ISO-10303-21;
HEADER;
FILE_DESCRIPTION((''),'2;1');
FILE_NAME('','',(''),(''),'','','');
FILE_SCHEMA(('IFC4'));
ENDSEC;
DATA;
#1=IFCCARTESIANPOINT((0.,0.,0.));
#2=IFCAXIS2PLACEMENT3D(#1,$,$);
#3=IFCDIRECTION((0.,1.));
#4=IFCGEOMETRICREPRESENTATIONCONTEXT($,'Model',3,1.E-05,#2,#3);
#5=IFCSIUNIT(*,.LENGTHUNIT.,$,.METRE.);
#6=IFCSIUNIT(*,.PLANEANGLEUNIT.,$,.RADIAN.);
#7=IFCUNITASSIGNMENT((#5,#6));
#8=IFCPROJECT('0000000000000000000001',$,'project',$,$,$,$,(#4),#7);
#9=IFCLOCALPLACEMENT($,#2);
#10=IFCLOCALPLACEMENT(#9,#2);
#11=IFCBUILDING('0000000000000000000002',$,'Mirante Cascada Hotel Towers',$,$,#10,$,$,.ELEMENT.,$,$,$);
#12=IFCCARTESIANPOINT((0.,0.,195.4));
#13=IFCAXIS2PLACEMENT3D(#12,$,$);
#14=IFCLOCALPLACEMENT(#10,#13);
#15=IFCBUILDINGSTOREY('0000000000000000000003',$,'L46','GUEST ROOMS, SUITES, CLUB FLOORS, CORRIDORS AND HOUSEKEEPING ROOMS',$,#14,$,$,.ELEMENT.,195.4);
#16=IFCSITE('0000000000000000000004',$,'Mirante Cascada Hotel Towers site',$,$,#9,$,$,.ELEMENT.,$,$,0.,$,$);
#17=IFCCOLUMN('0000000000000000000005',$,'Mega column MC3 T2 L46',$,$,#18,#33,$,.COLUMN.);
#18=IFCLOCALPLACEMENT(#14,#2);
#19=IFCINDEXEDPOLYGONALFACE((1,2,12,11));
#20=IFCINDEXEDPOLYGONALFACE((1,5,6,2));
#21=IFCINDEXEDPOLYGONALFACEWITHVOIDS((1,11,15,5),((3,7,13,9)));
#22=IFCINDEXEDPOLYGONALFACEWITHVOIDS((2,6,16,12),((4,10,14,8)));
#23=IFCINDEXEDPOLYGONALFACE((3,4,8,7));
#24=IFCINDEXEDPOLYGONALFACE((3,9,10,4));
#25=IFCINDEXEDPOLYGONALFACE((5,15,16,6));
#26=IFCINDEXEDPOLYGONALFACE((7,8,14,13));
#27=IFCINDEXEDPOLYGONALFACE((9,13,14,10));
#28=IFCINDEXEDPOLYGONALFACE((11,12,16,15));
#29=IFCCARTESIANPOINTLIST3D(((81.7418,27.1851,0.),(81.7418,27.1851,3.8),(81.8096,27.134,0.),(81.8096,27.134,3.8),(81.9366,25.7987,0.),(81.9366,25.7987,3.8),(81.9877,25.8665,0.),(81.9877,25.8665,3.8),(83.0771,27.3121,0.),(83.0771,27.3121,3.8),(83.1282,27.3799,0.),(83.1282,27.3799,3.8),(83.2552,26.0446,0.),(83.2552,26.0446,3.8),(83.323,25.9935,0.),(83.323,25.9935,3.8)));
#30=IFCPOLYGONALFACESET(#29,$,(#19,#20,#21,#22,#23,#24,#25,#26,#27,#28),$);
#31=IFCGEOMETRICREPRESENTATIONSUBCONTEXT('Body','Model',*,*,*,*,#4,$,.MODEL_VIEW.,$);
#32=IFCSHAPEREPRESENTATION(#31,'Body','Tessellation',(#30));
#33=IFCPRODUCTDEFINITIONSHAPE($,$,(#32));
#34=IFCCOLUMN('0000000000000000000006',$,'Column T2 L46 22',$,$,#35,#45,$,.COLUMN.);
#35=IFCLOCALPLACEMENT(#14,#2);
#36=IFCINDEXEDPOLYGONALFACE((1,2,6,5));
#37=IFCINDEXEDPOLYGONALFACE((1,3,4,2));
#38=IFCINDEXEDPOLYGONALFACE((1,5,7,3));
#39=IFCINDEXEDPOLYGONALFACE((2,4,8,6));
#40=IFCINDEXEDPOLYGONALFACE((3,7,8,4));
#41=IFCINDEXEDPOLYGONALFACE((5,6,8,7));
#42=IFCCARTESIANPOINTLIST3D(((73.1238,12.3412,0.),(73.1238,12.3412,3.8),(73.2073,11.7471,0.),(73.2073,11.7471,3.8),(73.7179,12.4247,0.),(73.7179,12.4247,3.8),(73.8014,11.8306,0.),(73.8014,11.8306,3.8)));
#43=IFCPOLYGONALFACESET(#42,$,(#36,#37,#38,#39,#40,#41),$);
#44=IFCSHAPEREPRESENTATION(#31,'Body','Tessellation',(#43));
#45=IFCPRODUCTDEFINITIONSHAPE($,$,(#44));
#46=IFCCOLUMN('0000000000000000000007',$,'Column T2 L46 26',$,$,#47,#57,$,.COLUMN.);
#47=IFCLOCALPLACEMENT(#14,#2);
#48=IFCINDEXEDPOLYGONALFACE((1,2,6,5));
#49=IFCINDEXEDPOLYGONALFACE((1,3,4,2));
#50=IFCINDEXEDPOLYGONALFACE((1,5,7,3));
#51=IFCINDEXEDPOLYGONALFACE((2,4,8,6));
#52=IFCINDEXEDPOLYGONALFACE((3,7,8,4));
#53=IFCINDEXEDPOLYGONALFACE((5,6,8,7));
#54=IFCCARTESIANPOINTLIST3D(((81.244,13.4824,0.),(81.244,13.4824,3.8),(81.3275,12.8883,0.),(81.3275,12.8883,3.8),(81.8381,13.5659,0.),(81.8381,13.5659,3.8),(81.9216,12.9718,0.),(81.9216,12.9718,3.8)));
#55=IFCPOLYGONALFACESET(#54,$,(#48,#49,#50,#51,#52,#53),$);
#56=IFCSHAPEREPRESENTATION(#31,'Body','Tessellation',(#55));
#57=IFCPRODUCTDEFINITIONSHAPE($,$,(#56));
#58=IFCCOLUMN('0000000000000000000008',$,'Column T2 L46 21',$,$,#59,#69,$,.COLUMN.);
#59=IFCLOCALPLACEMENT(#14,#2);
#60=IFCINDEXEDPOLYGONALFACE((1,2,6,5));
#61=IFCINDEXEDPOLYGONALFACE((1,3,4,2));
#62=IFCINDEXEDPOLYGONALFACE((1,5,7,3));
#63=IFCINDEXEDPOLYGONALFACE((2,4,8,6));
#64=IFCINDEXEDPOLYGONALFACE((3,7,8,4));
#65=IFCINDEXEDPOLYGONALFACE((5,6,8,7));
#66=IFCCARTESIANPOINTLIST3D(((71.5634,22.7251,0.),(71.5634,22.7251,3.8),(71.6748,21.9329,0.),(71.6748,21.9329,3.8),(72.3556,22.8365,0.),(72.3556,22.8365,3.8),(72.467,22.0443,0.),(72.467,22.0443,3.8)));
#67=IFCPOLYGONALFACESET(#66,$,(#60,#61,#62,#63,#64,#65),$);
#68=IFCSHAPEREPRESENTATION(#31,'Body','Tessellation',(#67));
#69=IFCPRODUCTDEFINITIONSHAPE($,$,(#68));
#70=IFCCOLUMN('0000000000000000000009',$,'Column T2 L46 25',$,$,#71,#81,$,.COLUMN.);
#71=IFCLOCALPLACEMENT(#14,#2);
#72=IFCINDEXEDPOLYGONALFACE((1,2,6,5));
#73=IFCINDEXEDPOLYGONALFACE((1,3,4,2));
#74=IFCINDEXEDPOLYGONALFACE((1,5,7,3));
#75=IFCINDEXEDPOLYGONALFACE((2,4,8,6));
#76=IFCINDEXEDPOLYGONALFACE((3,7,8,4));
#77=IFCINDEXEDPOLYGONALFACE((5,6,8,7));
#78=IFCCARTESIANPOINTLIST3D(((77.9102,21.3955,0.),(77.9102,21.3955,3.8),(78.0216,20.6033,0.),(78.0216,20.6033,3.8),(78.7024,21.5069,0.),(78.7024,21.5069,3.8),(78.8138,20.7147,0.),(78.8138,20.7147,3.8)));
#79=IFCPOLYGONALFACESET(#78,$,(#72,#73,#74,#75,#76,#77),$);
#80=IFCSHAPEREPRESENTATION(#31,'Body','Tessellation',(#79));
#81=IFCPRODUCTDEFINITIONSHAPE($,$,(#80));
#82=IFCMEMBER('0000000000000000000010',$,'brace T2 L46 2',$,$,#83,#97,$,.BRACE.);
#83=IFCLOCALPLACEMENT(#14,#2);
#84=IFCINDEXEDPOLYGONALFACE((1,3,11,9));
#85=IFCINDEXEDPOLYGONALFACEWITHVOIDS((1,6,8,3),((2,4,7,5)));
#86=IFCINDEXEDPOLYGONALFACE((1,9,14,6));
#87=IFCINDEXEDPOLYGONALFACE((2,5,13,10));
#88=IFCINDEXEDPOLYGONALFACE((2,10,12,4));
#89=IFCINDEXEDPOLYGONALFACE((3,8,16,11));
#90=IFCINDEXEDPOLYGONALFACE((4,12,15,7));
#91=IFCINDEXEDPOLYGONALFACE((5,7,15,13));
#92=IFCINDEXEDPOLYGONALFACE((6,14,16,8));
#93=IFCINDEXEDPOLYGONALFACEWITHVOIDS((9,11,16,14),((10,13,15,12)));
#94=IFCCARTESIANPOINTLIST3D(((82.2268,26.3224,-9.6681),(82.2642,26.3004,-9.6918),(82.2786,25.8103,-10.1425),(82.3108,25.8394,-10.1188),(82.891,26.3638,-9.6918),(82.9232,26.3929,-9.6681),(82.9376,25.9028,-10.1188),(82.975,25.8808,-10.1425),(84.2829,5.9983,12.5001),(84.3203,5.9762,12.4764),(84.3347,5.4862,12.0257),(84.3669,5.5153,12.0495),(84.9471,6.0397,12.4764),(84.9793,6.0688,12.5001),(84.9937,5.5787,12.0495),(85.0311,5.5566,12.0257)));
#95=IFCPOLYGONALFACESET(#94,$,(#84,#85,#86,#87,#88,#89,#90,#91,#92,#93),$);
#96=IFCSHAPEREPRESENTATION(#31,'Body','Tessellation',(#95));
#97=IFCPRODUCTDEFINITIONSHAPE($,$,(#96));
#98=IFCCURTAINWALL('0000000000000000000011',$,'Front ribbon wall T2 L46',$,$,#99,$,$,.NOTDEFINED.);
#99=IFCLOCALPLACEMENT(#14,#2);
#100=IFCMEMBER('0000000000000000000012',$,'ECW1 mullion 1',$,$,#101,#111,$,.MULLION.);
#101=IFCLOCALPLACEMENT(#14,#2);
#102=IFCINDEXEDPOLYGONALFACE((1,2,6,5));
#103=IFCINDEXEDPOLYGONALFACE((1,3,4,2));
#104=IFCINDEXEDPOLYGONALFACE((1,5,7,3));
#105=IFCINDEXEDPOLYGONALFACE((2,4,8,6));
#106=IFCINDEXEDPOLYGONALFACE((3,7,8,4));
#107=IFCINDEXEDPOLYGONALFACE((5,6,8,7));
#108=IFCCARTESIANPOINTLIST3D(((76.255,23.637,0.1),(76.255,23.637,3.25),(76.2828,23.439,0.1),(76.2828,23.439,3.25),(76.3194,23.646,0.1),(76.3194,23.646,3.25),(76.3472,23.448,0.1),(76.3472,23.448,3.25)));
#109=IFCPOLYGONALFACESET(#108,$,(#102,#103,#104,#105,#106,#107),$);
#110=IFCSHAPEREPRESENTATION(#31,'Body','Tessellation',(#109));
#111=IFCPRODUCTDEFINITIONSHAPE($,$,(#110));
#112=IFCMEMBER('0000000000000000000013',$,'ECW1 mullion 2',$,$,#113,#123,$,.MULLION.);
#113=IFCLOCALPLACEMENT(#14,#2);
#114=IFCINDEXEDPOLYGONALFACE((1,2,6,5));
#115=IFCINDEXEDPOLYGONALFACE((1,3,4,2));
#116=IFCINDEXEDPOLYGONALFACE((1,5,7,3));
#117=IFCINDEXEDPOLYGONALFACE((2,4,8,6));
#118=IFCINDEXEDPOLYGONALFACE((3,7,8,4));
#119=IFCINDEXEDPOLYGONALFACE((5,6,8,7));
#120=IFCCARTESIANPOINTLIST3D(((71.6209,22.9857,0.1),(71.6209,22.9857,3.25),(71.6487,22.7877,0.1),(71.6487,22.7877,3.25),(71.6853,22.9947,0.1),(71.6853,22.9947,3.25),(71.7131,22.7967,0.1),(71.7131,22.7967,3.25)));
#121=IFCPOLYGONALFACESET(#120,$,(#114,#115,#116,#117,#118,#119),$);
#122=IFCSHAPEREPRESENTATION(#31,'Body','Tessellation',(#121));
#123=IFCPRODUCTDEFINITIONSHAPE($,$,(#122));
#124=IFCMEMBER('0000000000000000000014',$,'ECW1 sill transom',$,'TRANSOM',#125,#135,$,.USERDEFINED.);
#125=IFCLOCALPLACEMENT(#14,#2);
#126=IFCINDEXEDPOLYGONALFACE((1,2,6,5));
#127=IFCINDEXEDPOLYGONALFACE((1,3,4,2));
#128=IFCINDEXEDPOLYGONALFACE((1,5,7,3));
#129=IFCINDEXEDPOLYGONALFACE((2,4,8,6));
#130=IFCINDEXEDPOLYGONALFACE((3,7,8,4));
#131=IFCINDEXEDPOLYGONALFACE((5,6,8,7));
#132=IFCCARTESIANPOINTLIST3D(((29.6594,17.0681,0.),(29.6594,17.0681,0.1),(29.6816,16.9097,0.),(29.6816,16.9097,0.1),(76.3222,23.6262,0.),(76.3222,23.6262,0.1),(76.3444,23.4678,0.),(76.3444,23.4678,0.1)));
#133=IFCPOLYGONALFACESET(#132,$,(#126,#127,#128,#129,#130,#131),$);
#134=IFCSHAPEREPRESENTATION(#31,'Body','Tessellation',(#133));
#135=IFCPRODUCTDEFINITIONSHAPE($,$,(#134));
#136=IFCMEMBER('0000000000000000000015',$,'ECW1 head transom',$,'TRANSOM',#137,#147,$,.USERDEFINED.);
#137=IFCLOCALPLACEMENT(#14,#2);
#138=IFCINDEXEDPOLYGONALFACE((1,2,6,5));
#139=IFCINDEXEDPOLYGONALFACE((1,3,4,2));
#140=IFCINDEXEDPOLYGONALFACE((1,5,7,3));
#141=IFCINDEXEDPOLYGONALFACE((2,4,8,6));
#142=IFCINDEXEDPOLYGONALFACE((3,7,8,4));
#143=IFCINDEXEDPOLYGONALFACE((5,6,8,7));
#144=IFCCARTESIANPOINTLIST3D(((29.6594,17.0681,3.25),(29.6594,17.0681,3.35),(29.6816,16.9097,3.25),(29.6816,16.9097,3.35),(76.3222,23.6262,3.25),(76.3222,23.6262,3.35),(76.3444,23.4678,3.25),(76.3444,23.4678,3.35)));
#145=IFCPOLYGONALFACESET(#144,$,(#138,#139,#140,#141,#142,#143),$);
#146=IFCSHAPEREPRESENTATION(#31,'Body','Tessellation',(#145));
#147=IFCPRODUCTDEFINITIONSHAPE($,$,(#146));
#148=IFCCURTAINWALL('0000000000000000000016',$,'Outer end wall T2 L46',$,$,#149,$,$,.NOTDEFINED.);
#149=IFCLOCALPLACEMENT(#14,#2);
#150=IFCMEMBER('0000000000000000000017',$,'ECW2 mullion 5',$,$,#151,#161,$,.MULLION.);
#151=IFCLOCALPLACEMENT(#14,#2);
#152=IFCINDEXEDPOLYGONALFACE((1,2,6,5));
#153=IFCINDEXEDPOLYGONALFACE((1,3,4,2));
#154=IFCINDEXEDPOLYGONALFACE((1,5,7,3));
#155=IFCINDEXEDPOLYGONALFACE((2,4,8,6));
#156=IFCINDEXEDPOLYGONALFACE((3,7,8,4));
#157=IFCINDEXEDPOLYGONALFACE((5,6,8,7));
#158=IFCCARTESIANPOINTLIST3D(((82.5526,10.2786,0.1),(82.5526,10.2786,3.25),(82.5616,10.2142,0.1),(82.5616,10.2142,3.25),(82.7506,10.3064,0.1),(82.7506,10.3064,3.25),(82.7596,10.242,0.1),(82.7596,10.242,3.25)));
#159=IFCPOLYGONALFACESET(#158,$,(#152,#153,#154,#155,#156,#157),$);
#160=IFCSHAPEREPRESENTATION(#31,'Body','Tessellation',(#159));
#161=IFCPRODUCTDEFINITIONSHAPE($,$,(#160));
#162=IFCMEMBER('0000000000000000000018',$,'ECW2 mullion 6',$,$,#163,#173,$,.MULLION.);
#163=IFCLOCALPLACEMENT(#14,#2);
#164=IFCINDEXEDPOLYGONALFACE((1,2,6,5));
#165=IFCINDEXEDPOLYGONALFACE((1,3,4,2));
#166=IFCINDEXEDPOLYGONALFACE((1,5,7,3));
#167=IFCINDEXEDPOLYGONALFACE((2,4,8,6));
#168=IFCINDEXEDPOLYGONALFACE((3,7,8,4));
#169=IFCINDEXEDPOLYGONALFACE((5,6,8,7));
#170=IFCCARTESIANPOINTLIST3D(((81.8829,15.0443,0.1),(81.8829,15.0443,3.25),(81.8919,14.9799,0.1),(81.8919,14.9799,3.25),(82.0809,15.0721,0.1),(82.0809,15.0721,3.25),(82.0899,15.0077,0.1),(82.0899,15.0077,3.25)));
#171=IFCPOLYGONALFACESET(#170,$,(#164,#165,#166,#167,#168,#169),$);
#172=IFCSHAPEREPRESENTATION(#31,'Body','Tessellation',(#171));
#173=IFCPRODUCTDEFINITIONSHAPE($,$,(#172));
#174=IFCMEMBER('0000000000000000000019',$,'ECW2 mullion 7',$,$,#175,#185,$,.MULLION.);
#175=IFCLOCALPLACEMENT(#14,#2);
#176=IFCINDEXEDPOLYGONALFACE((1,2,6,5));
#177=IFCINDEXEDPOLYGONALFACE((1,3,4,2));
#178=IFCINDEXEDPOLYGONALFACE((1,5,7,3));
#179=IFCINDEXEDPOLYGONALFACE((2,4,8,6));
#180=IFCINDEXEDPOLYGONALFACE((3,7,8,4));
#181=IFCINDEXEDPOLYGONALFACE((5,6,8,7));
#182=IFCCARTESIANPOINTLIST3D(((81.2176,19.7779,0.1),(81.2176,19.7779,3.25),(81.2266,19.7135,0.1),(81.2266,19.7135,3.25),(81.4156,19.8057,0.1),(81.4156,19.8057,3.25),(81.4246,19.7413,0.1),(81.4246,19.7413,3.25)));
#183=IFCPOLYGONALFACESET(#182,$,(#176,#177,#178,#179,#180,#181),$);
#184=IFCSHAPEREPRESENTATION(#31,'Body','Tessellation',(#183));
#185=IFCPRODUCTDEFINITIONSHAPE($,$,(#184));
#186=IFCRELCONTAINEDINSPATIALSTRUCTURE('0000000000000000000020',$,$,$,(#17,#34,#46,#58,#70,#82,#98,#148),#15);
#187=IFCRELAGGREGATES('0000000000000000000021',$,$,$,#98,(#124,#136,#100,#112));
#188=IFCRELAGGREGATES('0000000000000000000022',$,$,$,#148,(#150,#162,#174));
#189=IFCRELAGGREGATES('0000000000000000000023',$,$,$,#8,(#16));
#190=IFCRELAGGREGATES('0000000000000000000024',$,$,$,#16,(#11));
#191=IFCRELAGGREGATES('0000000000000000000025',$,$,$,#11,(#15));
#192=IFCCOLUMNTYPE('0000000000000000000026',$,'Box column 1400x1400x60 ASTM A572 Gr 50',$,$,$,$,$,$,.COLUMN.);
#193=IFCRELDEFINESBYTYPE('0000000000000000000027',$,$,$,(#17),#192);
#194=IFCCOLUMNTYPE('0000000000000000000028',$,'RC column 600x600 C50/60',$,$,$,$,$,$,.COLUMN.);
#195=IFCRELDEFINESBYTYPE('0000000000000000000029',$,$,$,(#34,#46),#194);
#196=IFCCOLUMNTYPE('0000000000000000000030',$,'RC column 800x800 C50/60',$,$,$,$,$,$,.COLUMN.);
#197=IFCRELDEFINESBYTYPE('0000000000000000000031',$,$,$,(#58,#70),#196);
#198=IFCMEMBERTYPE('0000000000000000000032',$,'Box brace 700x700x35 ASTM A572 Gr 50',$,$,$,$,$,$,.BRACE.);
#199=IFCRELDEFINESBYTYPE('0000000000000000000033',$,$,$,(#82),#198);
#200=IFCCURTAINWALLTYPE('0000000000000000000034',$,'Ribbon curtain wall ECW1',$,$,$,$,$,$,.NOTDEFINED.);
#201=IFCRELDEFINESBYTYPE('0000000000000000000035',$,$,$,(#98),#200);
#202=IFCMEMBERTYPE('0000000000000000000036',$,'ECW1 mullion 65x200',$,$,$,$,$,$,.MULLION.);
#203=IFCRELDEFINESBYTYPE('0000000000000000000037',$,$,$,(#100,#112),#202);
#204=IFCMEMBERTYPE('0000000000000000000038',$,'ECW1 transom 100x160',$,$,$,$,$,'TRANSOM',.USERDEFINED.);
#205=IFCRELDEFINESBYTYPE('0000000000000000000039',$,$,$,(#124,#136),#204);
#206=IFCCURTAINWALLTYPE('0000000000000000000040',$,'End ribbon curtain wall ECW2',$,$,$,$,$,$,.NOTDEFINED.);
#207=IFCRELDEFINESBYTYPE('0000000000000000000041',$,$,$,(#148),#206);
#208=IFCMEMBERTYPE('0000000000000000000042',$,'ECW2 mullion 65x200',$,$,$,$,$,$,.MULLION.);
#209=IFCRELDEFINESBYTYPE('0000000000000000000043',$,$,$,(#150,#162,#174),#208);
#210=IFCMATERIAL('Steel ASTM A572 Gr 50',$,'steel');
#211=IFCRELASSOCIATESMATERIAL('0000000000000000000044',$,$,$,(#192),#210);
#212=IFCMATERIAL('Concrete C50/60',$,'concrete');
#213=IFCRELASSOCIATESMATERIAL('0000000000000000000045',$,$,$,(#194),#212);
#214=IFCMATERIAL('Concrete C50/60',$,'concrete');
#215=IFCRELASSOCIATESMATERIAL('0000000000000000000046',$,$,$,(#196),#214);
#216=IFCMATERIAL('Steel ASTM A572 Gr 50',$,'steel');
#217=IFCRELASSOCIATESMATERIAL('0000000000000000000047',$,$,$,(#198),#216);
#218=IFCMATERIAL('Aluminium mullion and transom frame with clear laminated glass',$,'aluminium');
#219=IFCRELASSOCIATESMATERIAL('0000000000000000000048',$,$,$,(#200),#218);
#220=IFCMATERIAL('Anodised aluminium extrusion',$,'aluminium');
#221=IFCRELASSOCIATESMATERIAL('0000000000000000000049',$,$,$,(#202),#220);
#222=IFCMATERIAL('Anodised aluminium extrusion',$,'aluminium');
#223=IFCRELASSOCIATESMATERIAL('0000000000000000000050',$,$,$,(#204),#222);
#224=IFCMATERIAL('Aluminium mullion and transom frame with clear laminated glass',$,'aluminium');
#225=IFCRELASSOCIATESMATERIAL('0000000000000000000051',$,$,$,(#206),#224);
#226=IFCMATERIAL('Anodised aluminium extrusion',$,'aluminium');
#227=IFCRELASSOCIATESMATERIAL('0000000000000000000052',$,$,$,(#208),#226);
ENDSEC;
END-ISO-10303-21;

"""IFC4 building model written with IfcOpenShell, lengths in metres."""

from ifc_helpers import new_model, si_unit, direction, frame, origin, origin_2d, place, context, subcontext, project, spatial, rectangle, hollow_rectangle, extrude, material, material_profile, profile_set, type_object, element, aggregate, save


model = new_model("IFC4")

# Units and contexts
model_context = context("Model", 3, precision=1e-05, world=origin(), true_north=direction((0.0, 1.0)))
body_context = subcontext(model_context, "Body", "Model", "MODEL_VIEW")
ifc_project = project(units=[si_unit("LENGTHUNIT", "METRE"), si_unit("PLANEANGLEUNIT", "RADIAN")], contexts=[model_context])

# Site, building, storey
site_placement = place(None, origin())
site = spatial("IfcSite", under=ifc_project, at=site_placement, Name="Mirante Cascada Hotel Towers site", CompositionType="ELEMENT", RefElevation=0.0)
building_placement = place(site_placement, origin())
building = spatial("IfcBuilding", under=site, at=building_placement, Name="Mirante Cascada Hotel Towers", CompositionType="ELEMENT")
storey_placement = place(building_placement, frame((0.0, 0.0, 195.4)))
storey = spatial("IfcBuildingStorey", under=building, at=storey_placement, Name="L46", Description="GUEST ROOMS, SUITES, CLUB FLOORS, CORRIDORS AND HOUSEKEEPING ROOMS", CompositionType="ELEMENT", Elevation=195.4)

# Columns
ifc_material_1 = material(Name="Steel ASTM A572 Gr 50", Category="steel")
ifc_material_profile_1 = material_profile(ifc_material_1, hollow_rectangle(XDim=1.4, YDim=1.4, WallThickness=0.06, at=origin_2d()), Name="Box column 1400x1400x60 ASTM A572 Gr 50")
ifc_profile_set_1 = profile_set([ifc_material_profile_1], Name="Steel ASTM A572 Gr 50")
column_type_1 = type_object("IfcColumnType", Name="Box column 1400x1400x60 ASTM A572 Gr 50", PredefinedType="COLUMN", material=ifc_profile_set_1)
column_placement = place(storey_placement, frame((82.5324, 26.5893, 0.0), z_axis=(0.0, 0.0, 1.0), x_axis=(0.990268, 0.139173, 0.0)))
element("IfcColumn", 1, at=column_placement, inside=storey, type_object=column_type_1, Name="Mega column MC3 T2 L46", PredefinedType="COLUMN", context=body_context, shape_type="SweptSolid", body=[
    extrude(hollow_rectangle(XDim=1.4, YDim=1.4, WallThickness=0.06, at=origin_2d()), origin(), (0.0, 0.0, 1.0), 3.8),
])
ifc_material_2 = material(Name="Concrete C50/60", Category="concrete")
ifc_material_profile_2 = material_profile(ifc_material_2, rectangle(XDim=0.6, YDim=0.6, at=origin_2d()), Name="RC column 600x600 C50/60")
ifc_profile_set_2 = profile_set([ifc_material_profile_2], Name="Concrete C50/60")
column_type_2 = type_object("IfcColumnType", Name="RC column 600x600 C50/60", PredefinedType="COLUMN", material=ifc_profile_set_2)
for number, where, z_axis, x_axis, name in (
    (2, (73.4626, 12.0859, 0.0), (0.0, 0.0, 1.0), (0.990268, 0.139173, 0.0), "Column T2 L46 22"),
    (3, (81.5828, 13.2271, 0.0), (0.0, 0.0, 1.0), (0.990268, 0.139173, 0.0), "Column T2 L46 26"),
):
    element("IfcColumn", number, at=place(storey_placement, frame(where, z_axis=z_axis, x_axis=x_axis)), inside=storey, type_object=column_type_2, Name=name, PredefinedType="COLUMN", context=body_context, shape_type="SweptSolid", body=[
        extrude(rectangle(XDim=0.6, YDim=0.6, at=origin_2d()), origin(), (0.0, 0.0, 1.0), 3.8),
    ])
ifc_material_3 = material(Name="Concrete C50/60", Category="concrete")
ifc_material_profile_3 = material_profile(ifc_material_3, rectangle(XDim=0.8, YDim=0.8, at=origin_2d()), Name="RC column 800x800 C50/60")
ifc_profile_set_3 = profile_set([ifc_material_profile_3], Name="Concrete C50/60")
column_type_3 = type_object("IfcColumnType", Name="RC column 800x800 C50/60", PredefinedType="COLUMN", material=ifc_profile_set_3)
for number, where, z_axis, x_axis, name in (
    (4, (72.0152, 22.3847, 0.0), (0.0, 0.0, 1.0), (0.990268, 0.139173, 0.0), "Column T2 L46 21"),
    (5, (78.362, 21.0551, 0.0), (0.0, 0.0, 1.0), (0.990268, 0.139173, 0.0), "Column T2 L46 25"),
):
    element("IfcColumn", number, at=place(storey_placement, frame(where, z_axis=z_axis, x_axis=x_axis)), inside=storey, type_object=column_type_3, Name=name, PredefinedType="COLUMN", context=body_context, shape_type="SweptSolid", body=[
        extrude(rectangle(XDim=0.8, YDim=0.8, at=origin_2d()), origin(), (0.0, 0.0, 1.0), 3.8),
    ])

# Member
ifc_material_4 = material(Name="Steel ASTM A572 Gr 50", Category="steel")
ifc_material_profile_4 = material_profile(ifc_material_4, hollow_rectangle(XDim=0.7, YDim=0.7, WallThickness=0.035, at=origin_2d()), Name="Box brace 700x700x35 ASTM A572 Gr 50")
ifc_profile_set_4 = profile_set([ifc_material_profile_4], Name="Steel ASTM A572 Gr 50")
member_type_1 = type_object("IfcMemberType", Name="Box brace 700x700x35 ASTM A572 Gr 50", PredefinedType="BRACE", material=ifc_profile_set_4)
member_1_placement = place(storey_placement, frame((82.6009, 26.1016, -9.9053), z_axis=(0.068207, -0.67421, 0.735384), x_axis=(0.994922, 0.100652, 0.0)))
element("IfcMember", 6, at=member_1_placement, inside=storey, type_object=member_type_1, Name="brace T2 L46 2", PredefinedType="BRACE", context=body_context, shape_type="SweptSolid", body=[
    extrude(hollow_rectangle(XDim=0.7, YDim=0.7, WallThickness=0.035, at=origin_2d()), origin(), (0.0, 0.0, 1.0), 30.1451),
])

# Curtain walls, members
ifc_material_5 = material(Name="Aluminium mullion and transom frame with clear laminated glass", Category="aluminium")
curtain_wall_type_1 = type_object("IfcCurtainWallType", Name="Ribbon curtain wall ECW1", PredefinedType="NOTDEFINED", material=ifc_material_5)
curtain_wall_1_placement = place(storey_placement, origin())
curtain_wall_1 = element("IfcCurtainWall", 7, at=curtain_wall_1_placement, inside=storey, type_object=curtain_wall_type_1, Name="Front ribbon wall T2 L46", PredefinedType="NOTDEFINED")
ifc_material_6 = material(Name="Anodised aluminium extrusion", Category="aluminium")
ifc_material_profile_5 = material_profile(ifc_material_6, rectangle(XDim=0.2, YDim=0.065, at=origin_2d()), Name="ECW1 MULLION 65x200")
ifc_profile_set_5 = profile_set([ifc_material_profile_5], Name="Anodised aluminium extrusion")
member_type_2 = type_object("IfcMemberType", Name="ECW1 mullion 65x200", PredefinedType="MULLION", material=ifc_profile_set_5)
member_2_placement = place(storey_placement, frame((76.3011, 23.5425, 0.1), z_axis=(0.0, 0.0, 1.0), x_axis=(0.139173, -0.990268, 0.0)))
member_2 = element("IfcMember", 8, at=member_2_placement, type_object=member_type_2, Name="ECW1 mullion 1", PredefinedType="MULLION", context=body_context, shape_type="SweptSolid", body=[
    extrude(rectangle(XDim=0.2, YDim=0.065, at=origin_2d()), origin(), (0.0, 0.0, 1.0), 3.15),
])
member_3_placement = place(storey_placement, frame((71.667, 22.8912, 0.1), z_axis=(0.0, 0.0, 1.0), x_axis=(0.139173, -0.990268, 0.0)))
member_3 = element("IfcMember", 9, at=member_3_placement, type_object=member_type_2, Name="ECW1 mullion 2", PredefinedType="MULLION", context=body_context, shape_type="SweptSolid", body=[
    extrude(rectangle(XDim=0.2, YDim=0.065, at=origin_2d()), origin(), (0.0, 0.0, 1.0), 3.15),
])
ifc_material_7 = material(Name="Anodised aluminium extrusion", Category="aluminium")
ifc_material_profile_6 = material_profile(ifc_material_7, rectangle(XDim=0.16, YDim=0.1, at=origin_2d()), Name="ECW1 TRANSOM 100x160")
ifc_profile_set_6 = profile_set([ifc_material_profile_6], Name="Anodised aluminium extrusion")
member_type_3 = type_object("IfcMemberType", Name="ECW1 transom 100x160", ElementType="TRANSOM", PredefinedType="USERDEFINED", material=ifc_profile_set_6)
member_4_placement = place(storey_placement, frame((76.3333, 23.547, 0.05), z_axis=(-0.990268, -0.139175, 0.0), x_axis=(0.139175, -0.990268, 0.0)))
member_4 = element("IfcMember", 10, at=member_4_placement, type_object=member_type_3, Name="ECW1 sill transom", ObjectType="TRANSOM", PredefinedType="USERDEFINED", context=body_context, shape_type="SweptSolid", body=[
    extrude(rectangle(XDim=0.16, YDim=0.1, at=origin_2d()), origin(), (0.0, 0.0, 1.0), 47.1214),
])
member_5_placement = place(storey_placement, frame((76.3333, 23.547, 3.3), z_axis=(-0.990268, -0.139175, 0.0), x_axis=(0.139175, -0.990268, 0.0)))
member_5 = element("IfcMember", 11, at=member_5_placement, type_object=member_type_3, Name="ECW1 head transom", ObjectType="TRANSOM", PredefinedType="USERDEFINED", context=body_context, shape_type="SweptSolid", body=[
    extrude(rectangle(XDim=0.16, YDim=0.1, at=origin_2d()), origin(), (0.0, 0.0, 1.0), 47.1214),
])
ifc_material_8 = material(Name="Aluminium mullion and transom frame with clear laminated glass", Category="aluminium")
curtain_wall_type_2 = type_object("IfcCurtainWallType", Name="End ribbon curtain wall ECW2", PredefinedType="NOTDEFINED", material=ifc_material_8)
curtain_wall_2_placement = place(storey_placement, origin())
curtain_wall_2 = element("IfcCurtainWall", 12, at=curtain_wall_2_placement, inside=storey, type_object=curtain_wall_type_2, Name="Outer end wall T2 L46", PredefinedType="NOTDEFINED")
ifc_material_9 = material(Name="Anodised aluminium extrusion", Category="aluminium")
ifc_material_profile_7 = material_profile(ifc_material_9, rectangle(XDim=0.2, YDim=0.065, at=origin_2d()), Name="ECW2 MULLION 65x200")
ifc_profile_set_7 = profile_set([ifc_material_profile_7], Name="Anodised aluminium extrusion")
member_type_4 = type_object("IfcMemberType", Name="ECW2 mullion 65x200", PredefinedType="MULLION", material=ifc_profile_set_7)
member_6_placement = place(storey_placement, frame((82.6561, 10.2603, 0.1), z_axis=(0.0, 0.0, 1.0), x_axis=(-0.990268, -0.139173, 0.0)))
member_6 = element("IfcMember", 13, at=member_6_placement, type_object=member_type_4, Name="ECW2 mullion 5", PredefinedType="MULLION", context=body_context, shape_type="SweptSolid", body=[
    extrude(rectangle(XDim=0.2, YDim=0.065, at=origin_2d()), origin(), (0.0, 0.0, 1.0), 3.15),
])
member_7_placement = place(storey_placement, frame((81.9864, 15.026, 0.1), z_axis=(0.0, 0.0, 1.0), x_axis=(-0.990268, -0.139173, 0.0)))
member_7 = element("IfcMember", 14, at=member_7_placement, type_object=member_type_4, Name="ECW2 mullion 6", PredefinedType="MULLION", context=body_context, shape_type="SweptSolid", body=[
    extrude(rectangle(XDim=0.2, YDim=0.065, at=origin_2d()), origin(), (0.0, 0.0, 1.0), 3.15),
])
member_8_placement = place(storey_placement, frame((81.3211, 19.7596, 0.1), z_axis=(0.0, 0.0, 1.0), x_axis=(-0.990268, -0.139173, 0.0)))
member_8 = element("IfcMember", 15, at=member_8_placement, type_object=member_type_4, Name="ECW2 mullion 7", PredefinedType="MULLION", context=body_context, shape_type="SweptSolid", body=[
    extrude(rectangle(XDim=0.2, YDim=0.065, at=origin_2d()), origin(), (0.0, 0.0, 1.0), 3.15),
])

aggregate(curtain_wall_1, [member_4, member_5, member_2, member_3])
aggregate(curtain_wall_2, [member_6, member_7, member_8])

save(model, "model.ifc")
